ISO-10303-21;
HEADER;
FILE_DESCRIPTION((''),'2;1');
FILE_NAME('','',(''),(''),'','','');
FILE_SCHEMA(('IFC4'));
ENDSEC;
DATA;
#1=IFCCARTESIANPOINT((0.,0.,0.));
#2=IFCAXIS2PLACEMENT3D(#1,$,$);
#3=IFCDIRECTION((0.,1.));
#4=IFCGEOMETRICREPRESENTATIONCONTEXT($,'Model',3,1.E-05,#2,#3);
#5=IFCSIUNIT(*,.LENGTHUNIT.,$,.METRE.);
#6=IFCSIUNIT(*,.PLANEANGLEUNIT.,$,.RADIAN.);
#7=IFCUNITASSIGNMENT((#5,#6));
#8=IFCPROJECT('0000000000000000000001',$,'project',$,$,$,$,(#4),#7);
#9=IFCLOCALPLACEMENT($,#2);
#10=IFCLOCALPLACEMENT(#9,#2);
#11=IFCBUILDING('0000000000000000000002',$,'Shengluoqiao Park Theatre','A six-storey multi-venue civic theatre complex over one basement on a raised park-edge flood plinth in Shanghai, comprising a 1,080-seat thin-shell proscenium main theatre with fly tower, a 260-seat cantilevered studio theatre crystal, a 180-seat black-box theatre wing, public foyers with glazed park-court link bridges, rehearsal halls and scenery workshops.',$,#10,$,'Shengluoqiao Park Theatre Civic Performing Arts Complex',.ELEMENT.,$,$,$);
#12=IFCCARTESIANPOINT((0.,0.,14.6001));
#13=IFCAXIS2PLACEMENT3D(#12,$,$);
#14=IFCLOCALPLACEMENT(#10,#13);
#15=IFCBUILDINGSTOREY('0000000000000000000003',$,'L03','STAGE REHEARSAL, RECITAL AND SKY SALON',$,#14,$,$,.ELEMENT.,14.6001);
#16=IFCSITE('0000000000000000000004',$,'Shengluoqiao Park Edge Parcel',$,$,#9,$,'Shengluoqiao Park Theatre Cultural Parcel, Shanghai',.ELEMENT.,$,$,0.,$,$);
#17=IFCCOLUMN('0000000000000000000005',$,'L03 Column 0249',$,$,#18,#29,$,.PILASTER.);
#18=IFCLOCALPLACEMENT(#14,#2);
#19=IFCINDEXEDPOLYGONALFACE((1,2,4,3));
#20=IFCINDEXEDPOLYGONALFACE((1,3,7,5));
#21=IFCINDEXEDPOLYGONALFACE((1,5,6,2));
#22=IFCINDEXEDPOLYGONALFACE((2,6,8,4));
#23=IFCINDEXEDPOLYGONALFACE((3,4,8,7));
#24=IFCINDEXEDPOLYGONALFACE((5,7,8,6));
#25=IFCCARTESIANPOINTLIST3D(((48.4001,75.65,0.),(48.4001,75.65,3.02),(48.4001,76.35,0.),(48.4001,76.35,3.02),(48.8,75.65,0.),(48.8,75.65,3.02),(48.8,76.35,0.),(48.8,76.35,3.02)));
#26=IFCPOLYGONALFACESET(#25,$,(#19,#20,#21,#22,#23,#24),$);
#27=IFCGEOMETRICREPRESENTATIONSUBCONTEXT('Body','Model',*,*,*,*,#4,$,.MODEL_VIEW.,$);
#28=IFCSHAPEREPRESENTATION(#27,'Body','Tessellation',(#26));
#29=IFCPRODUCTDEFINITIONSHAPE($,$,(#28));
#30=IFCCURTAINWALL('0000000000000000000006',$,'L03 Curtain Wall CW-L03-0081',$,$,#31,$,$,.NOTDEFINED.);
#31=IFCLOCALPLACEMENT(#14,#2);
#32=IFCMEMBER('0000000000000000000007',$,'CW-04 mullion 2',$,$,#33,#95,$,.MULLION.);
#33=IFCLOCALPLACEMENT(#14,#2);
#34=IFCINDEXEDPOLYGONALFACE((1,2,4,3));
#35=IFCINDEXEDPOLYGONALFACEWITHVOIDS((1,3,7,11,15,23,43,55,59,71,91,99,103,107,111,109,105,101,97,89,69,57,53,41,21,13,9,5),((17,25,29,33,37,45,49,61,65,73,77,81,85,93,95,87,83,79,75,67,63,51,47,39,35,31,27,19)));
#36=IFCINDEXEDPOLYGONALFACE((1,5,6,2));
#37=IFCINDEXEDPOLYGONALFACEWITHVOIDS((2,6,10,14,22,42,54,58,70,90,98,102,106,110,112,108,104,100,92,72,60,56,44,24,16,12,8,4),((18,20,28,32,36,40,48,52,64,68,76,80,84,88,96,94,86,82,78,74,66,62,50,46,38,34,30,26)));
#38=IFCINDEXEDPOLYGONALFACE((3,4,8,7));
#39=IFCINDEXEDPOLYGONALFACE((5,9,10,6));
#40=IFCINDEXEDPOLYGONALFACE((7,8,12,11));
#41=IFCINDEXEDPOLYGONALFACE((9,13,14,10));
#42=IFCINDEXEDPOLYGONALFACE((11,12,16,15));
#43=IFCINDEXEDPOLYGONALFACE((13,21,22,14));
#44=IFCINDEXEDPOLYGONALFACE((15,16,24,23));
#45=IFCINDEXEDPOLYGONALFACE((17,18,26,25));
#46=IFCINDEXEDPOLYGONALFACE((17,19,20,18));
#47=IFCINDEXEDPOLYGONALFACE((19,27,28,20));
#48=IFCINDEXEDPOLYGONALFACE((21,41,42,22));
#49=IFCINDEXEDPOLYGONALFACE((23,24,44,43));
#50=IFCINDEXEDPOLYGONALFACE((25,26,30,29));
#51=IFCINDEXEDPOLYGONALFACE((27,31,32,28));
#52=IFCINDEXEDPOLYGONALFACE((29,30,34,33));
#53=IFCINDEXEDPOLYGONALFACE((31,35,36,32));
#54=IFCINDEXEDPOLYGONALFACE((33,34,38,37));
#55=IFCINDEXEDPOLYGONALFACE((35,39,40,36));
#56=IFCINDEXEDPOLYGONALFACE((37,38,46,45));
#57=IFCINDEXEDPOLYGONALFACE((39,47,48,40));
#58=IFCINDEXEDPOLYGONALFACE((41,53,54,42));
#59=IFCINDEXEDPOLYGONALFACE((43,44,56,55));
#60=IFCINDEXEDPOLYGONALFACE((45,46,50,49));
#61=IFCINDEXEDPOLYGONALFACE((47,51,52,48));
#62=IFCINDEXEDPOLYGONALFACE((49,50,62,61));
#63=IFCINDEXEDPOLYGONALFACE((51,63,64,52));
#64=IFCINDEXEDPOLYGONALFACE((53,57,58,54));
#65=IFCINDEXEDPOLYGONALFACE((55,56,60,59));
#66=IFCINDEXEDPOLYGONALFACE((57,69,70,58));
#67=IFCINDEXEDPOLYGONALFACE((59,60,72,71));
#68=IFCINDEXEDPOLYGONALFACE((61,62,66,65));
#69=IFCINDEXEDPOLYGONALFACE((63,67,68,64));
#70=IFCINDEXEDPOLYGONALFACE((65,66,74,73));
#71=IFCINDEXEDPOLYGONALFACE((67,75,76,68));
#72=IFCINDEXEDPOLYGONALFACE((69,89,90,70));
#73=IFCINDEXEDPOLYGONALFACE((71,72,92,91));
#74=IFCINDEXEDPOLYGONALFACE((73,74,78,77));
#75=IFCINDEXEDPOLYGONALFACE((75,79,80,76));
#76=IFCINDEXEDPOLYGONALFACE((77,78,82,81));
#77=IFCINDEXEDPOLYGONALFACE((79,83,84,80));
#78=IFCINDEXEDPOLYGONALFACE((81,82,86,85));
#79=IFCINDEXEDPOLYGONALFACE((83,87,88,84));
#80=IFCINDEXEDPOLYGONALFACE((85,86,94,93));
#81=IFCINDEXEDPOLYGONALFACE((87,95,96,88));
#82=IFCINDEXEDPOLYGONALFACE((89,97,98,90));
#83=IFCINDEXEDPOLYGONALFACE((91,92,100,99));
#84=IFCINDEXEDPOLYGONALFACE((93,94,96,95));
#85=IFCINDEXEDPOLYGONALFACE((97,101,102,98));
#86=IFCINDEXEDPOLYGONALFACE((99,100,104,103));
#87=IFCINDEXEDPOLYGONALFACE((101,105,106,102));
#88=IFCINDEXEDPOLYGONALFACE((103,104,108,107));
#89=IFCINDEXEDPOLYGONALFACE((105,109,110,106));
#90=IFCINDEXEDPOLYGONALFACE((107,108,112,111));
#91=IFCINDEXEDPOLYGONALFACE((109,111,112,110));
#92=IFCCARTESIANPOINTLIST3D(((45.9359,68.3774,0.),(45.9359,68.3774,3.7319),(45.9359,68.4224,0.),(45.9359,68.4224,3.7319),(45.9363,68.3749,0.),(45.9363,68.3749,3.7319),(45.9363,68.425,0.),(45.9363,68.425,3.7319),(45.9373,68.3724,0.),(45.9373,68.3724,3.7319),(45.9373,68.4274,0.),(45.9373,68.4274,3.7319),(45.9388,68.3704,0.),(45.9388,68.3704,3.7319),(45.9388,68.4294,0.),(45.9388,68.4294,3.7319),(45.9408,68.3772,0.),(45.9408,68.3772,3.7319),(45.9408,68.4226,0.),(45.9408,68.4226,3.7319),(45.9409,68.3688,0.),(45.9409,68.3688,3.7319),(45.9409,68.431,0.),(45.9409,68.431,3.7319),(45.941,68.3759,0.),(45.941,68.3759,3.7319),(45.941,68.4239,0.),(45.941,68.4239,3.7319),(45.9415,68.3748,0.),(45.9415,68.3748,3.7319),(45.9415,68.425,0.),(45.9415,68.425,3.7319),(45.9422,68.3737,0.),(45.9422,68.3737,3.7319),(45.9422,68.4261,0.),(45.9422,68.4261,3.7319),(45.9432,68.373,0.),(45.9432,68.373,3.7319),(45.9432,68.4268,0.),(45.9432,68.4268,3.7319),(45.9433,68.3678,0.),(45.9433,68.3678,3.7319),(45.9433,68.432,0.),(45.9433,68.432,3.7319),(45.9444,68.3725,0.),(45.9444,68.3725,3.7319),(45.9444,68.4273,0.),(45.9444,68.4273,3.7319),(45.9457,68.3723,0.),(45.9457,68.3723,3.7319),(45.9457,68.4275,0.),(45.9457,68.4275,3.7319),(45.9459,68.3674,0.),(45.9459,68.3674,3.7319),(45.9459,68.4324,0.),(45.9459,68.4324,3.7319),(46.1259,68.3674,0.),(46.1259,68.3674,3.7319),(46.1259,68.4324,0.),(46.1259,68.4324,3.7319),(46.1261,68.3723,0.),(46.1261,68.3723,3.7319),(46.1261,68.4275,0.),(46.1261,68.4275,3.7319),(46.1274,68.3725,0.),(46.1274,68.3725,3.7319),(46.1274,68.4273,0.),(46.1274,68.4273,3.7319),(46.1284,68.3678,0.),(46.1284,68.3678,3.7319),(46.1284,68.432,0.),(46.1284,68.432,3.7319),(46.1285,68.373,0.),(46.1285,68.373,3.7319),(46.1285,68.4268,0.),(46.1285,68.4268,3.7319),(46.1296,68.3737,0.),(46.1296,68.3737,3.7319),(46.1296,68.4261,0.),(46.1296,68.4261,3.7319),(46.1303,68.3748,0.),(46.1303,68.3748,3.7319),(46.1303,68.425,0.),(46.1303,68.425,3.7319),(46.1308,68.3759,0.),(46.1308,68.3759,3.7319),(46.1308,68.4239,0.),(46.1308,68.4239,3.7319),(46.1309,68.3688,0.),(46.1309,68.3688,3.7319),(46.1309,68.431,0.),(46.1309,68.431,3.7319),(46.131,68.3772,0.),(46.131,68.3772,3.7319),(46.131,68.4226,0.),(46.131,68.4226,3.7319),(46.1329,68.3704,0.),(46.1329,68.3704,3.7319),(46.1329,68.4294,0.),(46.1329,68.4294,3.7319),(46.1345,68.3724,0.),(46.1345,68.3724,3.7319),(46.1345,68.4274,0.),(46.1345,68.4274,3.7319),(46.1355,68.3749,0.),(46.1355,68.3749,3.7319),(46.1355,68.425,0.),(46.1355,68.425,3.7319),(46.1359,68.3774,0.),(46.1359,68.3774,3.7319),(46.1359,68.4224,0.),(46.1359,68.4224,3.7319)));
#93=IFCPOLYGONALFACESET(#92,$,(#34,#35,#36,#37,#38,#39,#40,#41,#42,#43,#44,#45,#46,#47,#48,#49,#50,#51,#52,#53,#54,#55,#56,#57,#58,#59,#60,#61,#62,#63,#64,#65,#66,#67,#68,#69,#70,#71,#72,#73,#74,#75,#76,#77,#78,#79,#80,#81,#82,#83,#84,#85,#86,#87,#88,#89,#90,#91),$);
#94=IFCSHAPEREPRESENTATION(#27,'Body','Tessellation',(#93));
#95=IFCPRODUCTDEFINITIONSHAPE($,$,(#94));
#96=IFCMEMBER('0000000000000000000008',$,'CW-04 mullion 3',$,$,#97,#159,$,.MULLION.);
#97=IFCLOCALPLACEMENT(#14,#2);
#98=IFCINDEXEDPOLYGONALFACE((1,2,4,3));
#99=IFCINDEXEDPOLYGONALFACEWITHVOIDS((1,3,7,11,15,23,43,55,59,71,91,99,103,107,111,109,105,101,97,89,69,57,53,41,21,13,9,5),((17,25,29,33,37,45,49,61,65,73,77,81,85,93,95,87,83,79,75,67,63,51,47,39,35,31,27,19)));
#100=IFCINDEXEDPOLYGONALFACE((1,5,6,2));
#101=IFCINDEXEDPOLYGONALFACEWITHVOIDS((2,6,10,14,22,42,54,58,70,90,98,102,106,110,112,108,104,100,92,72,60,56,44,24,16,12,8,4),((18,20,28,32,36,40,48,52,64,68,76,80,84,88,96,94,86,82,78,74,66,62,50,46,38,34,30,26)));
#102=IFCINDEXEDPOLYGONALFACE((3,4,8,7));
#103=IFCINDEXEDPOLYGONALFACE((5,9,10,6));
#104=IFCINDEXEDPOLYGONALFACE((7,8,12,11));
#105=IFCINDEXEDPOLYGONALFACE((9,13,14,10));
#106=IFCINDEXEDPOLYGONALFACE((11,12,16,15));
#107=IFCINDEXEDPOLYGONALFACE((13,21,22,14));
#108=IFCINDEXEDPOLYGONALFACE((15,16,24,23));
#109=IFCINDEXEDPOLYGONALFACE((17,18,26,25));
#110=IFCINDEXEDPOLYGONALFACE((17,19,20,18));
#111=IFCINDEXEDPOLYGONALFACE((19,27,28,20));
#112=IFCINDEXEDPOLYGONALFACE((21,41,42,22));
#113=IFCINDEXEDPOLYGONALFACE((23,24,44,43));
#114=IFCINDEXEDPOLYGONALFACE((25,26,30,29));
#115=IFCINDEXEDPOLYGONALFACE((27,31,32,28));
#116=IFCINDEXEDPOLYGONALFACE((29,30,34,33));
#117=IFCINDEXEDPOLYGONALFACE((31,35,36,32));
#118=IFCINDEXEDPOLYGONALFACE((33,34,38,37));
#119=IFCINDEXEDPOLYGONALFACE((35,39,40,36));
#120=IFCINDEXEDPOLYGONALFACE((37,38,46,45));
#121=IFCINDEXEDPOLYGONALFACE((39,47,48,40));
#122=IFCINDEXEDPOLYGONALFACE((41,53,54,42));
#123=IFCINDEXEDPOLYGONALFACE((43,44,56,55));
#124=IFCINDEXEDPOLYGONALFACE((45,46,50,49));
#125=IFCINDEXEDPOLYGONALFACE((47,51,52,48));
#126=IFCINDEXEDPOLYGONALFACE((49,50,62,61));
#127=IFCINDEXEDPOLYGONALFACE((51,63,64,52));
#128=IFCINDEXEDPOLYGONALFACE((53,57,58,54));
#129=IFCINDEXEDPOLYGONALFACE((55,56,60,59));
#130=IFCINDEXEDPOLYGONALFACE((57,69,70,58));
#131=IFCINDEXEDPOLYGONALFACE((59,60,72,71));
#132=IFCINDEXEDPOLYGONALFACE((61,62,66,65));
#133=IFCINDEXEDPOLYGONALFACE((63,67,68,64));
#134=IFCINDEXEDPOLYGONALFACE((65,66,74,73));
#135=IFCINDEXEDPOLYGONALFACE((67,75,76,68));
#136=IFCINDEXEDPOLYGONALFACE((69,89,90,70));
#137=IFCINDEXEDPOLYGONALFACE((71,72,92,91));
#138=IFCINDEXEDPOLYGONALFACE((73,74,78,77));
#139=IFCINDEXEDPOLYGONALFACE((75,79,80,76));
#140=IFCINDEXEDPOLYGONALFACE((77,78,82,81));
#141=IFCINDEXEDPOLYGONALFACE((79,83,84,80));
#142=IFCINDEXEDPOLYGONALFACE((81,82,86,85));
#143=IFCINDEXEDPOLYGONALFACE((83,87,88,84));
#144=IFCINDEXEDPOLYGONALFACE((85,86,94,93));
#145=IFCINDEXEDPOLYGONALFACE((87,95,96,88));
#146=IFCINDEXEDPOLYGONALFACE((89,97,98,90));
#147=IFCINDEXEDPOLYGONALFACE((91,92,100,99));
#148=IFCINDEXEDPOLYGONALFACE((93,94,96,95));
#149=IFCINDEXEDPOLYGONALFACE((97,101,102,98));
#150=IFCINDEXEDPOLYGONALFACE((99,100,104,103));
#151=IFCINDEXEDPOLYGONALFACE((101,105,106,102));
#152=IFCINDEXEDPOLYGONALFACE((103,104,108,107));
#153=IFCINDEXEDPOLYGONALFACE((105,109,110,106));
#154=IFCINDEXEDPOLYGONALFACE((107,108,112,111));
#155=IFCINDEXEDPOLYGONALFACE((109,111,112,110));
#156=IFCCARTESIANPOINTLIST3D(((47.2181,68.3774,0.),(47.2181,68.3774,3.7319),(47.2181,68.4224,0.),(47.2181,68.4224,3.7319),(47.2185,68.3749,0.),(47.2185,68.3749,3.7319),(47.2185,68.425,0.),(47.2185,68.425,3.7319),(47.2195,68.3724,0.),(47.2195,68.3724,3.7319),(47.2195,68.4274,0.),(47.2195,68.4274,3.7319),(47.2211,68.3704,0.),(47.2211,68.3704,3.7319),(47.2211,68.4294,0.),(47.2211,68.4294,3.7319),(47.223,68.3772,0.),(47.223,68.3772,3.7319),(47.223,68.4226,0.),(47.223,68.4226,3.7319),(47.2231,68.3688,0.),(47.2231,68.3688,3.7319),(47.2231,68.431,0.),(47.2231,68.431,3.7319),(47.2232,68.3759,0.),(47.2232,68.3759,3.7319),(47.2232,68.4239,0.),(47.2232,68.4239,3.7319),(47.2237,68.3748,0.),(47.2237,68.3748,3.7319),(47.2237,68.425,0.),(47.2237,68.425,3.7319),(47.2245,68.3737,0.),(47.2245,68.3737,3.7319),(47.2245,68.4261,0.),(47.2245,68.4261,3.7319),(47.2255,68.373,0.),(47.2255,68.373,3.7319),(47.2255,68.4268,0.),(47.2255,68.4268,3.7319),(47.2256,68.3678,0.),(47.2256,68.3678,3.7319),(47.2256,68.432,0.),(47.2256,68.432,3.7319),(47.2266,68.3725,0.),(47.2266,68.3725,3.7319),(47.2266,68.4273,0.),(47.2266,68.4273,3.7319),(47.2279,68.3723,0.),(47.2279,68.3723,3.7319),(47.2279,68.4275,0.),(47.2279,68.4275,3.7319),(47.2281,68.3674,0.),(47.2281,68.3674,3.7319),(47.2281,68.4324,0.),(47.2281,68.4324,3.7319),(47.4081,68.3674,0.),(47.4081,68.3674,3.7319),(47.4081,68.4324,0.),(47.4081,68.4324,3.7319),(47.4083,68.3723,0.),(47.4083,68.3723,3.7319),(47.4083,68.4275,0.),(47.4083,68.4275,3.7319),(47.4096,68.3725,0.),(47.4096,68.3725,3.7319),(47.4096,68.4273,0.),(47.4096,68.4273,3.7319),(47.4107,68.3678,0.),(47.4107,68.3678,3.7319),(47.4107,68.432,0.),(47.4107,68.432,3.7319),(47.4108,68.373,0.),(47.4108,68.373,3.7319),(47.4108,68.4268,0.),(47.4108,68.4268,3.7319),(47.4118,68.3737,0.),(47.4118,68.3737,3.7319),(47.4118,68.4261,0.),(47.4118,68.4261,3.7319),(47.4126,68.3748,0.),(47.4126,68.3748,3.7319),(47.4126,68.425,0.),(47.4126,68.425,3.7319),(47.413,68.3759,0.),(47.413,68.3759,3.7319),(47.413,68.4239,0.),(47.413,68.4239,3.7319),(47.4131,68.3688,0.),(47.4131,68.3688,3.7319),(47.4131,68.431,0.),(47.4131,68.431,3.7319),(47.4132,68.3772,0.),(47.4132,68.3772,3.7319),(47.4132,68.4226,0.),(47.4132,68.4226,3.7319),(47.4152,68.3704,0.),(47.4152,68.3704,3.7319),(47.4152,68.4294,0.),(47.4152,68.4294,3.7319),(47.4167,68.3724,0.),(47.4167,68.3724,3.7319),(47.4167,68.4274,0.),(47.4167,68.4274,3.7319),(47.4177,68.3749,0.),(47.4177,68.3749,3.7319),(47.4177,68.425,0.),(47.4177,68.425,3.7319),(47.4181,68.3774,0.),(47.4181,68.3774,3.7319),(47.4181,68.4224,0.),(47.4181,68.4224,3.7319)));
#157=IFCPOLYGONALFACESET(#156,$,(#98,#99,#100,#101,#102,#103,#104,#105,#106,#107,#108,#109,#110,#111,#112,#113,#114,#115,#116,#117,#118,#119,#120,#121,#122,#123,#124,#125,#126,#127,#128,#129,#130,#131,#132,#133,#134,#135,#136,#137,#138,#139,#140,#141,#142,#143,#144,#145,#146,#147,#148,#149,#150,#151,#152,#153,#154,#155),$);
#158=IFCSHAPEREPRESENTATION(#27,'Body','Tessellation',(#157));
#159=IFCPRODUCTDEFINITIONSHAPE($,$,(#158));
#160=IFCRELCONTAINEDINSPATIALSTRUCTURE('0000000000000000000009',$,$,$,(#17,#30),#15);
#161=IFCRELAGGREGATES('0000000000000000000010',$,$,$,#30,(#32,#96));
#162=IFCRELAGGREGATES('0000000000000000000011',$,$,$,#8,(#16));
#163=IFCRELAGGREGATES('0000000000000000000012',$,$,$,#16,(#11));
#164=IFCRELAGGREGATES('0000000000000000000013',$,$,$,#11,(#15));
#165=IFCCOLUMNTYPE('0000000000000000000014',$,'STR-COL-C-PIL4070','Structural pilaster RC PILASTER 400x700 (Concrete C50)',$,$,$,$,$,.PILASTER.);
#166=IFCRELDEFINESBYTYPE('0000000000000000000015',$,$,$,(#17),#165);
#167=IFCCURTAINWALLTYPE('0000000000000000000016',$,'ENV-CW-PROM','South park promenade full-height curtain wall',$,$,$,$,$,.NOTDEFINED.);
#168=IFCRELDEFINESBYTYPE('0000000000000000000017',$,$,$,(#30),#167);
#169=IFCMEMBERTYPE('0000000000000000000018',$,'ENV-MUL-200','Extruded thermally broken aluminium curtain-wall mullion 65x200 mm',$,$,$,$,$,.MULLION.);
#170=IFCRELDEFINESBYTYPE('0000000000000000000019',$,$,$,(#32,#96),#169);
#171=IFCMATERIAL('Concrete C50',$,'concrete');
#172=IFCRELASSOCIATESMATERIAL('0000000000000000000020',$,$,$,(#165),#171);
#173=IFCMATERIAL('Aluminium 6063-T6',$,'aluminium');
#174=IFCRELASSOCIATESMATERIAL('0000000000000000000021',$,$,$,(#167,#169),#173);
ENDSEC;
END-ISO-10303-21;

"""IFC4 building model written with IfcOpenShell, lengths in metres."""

from ifc_helpers import new_model, si_unit, direction, frame, origin, origin_2d, place, context, subcontext, project, spatial, rectangle, hollow_rectangle, extrude, material, material_profile, profile_set, type_object, element, aggregate, save


model = new_model("IFC4")

# Units and contexts
model_context = context("Model", 3, precision=1e-05, world=origin(), true_north=direction((0.0, 1.0)))
body_context = subcontext(model_context, "Body", "Model", "MODEL_VIEW")
ifc_project = project(units=[si_unit("LENGTHUNIT", "METRE"), si_unit("PLANEANGLEUNIT", "RADIAN")], contexts=[model_context])

# Site, building, storey
site_placement = place(None, origin())
site = spatial("IfcSite", under=ifc_project, at=site_placement, Name="Shengluoqiao Park Edge Parcel", LongName="Shengluoqiao Park Theatre Cultural Parcel, Shanghai", CompositionType="ELEMENT", RefElevation=0.0)
building_placement = place(site_placement, origin())
building = spatial("IfcBuilding", under=site, at=building_placement, Name="Shengluoqiao Park Theatre", Description="A six-storey multi-venue civic theatre complex over one basement on a raised park-edge flood plinth in Shanghai, comprising a 1,080-seat thin-shell proscenium main theatre with fly tower, a 260-seat cantilevered studio theatre crystal, a 180-seat black-box theatre wing, public foyers with glazed park-court link bridges, rehearsal halls and scenery workshops.", LongName="Shengluoqiao Park Theatre Civic Performing Arts Complex", CompositionType="ELEMENT")
storey_placement = place(building_placement, frame((0.0, 0.0, 14.6001)))
storey = spatial("IfcBuildingStorey", under=building, at=storey_placement, Name="L03", Description="STAGE REHEARSAL, RECITAL AND SKY SALON", CompositionType="ELEMENT", Elevation=14.6001)

# Column
ifc_material_1 = material(Name="Concrete C50", Category="concrete")
ifc_material_profile_1 = material_profile(ifc_material_1, rectangle(XDim=0.3999, YDim=0.7, at=origin_2d()), Name="RC PILASTER 400x700")
ifc_profile_set_1 = profile_set([ifc_material_profile_1], Name="Concrete C50")
column_type = type_object("IfcColumnType", Name="STR-COL-C-PIL4070", Description="Structural pilaster RC PILASTER 400x700 (Concrete C50)", PredefinedType="PILASTER", material=ifc_profile_set_1)
column_placement = place(storey_placement, frame((48.6001, 76.0, 0.0), z_axis=(0.0, 0.0, 1.0), x_axis=(1.0, 0.0, 0.0)))
element("IfcColumn", 1, at=column_placement, inside=storey, type_object=column_type, Name="L03 Column 0249", PredefinedType="PILASTER", context=body_context, shape_type="SweptSolid", body=[
    extrude(rectangle(XDim=0.3999, YDim=0.7, at=origin_2d()), origin(), (0.0, 0.0, 1.0), 3.02),
])

# Curtain wall, members
ifc_material_2 = material(Name="Aluminium 6063-T6", Category="aluminium")
curtain_wall_type = type_object("IfcCurtainWallType", Name="ENV-CW-PROM", Description="South park promenade full-height curtain wall", PredefinedType="NOTDEFINED", material=ifc_material_2)
curtain_wall_1_placement = place(storey_placement, origin())
curtain_wall_1 = element("IfcCurtainWall", 2, at=curtain_wall_1_placement, inside=storey, type_object=curtain_wall_type, Name="L03 Curtain Wall CW-L03-0081", PredefinedType="NOTDEFINED")
ifc_material_profile_2 = material_profile(ifc_material_2, hollow_rectangle(XDim=0.0649, YDim=0.2, WallThickness=0.0049, InnerFilletRadius=0.0049, OuterFilletRadius=0.01, at=origin_2d()), Name="ALU MULLION 200x65x5")
ifc_profile_set_2 = profile_set([ifc_material_profile_2], Name="Aluminium 6063-T6")
member_type_1 = type_object("IfcMemberType", Name="ENV-MUL-200", Description="Extruded thermally broken aluminium curtain-wall mullion 65x200 mm", PredefinedType="MULLION", material=ifc_profile_set_2)
member_1_placement = place(storey_placement, frame((46.0359, 68.3999, 0.0), z_axis=(0.0, 0.0, 1.0), x_axis=(0.0, 1.0, 0.0)))
member_1 = element("IfcMember", 3, at=member_1_placement, type_object=member_type_1, Name="CW-04 mullion 2", PredefinedType="MULLION", context=body_context, shape_type="SweptSolid", body=[
    extrude(hollow_rectangle(XDim=0.0649, YDim=0.2, WallThickness=0.0049, InnerFilletRadius=0.0049, OuterFilletRadius=0.01, at=origin_2d()), origin(), (0.0, 0.0, 1.0), 3.7319),
])
member_2_placement = place(storey_placement, frame((47.3181, 68.3999, 0.0), z_axis=(0.0, 0.0, 1.0), x_axis=(0.0, 1.0, 0.0)))
member_2 = element("IfcMember", 4, at=member_2_placement, type_object=member_type_1, Name="CW-04 mullion 3", PredefinedType="MULLION", context=body_context, shape_type="SweptSolid", body=[
    extrude(hollow_rectangle(XDim=0.0649, YDim=0.2, WallThickness=0.0049, InnerFilletRadius=0.0049, OuterFilletRadius=0.01, at=origin_2d()), origin(), (0.0, 0.0, 1.0), 3.7319),
])

aggregate(curtain_wall_1, [member_1, member_2])

save(model, "model.ifc")
